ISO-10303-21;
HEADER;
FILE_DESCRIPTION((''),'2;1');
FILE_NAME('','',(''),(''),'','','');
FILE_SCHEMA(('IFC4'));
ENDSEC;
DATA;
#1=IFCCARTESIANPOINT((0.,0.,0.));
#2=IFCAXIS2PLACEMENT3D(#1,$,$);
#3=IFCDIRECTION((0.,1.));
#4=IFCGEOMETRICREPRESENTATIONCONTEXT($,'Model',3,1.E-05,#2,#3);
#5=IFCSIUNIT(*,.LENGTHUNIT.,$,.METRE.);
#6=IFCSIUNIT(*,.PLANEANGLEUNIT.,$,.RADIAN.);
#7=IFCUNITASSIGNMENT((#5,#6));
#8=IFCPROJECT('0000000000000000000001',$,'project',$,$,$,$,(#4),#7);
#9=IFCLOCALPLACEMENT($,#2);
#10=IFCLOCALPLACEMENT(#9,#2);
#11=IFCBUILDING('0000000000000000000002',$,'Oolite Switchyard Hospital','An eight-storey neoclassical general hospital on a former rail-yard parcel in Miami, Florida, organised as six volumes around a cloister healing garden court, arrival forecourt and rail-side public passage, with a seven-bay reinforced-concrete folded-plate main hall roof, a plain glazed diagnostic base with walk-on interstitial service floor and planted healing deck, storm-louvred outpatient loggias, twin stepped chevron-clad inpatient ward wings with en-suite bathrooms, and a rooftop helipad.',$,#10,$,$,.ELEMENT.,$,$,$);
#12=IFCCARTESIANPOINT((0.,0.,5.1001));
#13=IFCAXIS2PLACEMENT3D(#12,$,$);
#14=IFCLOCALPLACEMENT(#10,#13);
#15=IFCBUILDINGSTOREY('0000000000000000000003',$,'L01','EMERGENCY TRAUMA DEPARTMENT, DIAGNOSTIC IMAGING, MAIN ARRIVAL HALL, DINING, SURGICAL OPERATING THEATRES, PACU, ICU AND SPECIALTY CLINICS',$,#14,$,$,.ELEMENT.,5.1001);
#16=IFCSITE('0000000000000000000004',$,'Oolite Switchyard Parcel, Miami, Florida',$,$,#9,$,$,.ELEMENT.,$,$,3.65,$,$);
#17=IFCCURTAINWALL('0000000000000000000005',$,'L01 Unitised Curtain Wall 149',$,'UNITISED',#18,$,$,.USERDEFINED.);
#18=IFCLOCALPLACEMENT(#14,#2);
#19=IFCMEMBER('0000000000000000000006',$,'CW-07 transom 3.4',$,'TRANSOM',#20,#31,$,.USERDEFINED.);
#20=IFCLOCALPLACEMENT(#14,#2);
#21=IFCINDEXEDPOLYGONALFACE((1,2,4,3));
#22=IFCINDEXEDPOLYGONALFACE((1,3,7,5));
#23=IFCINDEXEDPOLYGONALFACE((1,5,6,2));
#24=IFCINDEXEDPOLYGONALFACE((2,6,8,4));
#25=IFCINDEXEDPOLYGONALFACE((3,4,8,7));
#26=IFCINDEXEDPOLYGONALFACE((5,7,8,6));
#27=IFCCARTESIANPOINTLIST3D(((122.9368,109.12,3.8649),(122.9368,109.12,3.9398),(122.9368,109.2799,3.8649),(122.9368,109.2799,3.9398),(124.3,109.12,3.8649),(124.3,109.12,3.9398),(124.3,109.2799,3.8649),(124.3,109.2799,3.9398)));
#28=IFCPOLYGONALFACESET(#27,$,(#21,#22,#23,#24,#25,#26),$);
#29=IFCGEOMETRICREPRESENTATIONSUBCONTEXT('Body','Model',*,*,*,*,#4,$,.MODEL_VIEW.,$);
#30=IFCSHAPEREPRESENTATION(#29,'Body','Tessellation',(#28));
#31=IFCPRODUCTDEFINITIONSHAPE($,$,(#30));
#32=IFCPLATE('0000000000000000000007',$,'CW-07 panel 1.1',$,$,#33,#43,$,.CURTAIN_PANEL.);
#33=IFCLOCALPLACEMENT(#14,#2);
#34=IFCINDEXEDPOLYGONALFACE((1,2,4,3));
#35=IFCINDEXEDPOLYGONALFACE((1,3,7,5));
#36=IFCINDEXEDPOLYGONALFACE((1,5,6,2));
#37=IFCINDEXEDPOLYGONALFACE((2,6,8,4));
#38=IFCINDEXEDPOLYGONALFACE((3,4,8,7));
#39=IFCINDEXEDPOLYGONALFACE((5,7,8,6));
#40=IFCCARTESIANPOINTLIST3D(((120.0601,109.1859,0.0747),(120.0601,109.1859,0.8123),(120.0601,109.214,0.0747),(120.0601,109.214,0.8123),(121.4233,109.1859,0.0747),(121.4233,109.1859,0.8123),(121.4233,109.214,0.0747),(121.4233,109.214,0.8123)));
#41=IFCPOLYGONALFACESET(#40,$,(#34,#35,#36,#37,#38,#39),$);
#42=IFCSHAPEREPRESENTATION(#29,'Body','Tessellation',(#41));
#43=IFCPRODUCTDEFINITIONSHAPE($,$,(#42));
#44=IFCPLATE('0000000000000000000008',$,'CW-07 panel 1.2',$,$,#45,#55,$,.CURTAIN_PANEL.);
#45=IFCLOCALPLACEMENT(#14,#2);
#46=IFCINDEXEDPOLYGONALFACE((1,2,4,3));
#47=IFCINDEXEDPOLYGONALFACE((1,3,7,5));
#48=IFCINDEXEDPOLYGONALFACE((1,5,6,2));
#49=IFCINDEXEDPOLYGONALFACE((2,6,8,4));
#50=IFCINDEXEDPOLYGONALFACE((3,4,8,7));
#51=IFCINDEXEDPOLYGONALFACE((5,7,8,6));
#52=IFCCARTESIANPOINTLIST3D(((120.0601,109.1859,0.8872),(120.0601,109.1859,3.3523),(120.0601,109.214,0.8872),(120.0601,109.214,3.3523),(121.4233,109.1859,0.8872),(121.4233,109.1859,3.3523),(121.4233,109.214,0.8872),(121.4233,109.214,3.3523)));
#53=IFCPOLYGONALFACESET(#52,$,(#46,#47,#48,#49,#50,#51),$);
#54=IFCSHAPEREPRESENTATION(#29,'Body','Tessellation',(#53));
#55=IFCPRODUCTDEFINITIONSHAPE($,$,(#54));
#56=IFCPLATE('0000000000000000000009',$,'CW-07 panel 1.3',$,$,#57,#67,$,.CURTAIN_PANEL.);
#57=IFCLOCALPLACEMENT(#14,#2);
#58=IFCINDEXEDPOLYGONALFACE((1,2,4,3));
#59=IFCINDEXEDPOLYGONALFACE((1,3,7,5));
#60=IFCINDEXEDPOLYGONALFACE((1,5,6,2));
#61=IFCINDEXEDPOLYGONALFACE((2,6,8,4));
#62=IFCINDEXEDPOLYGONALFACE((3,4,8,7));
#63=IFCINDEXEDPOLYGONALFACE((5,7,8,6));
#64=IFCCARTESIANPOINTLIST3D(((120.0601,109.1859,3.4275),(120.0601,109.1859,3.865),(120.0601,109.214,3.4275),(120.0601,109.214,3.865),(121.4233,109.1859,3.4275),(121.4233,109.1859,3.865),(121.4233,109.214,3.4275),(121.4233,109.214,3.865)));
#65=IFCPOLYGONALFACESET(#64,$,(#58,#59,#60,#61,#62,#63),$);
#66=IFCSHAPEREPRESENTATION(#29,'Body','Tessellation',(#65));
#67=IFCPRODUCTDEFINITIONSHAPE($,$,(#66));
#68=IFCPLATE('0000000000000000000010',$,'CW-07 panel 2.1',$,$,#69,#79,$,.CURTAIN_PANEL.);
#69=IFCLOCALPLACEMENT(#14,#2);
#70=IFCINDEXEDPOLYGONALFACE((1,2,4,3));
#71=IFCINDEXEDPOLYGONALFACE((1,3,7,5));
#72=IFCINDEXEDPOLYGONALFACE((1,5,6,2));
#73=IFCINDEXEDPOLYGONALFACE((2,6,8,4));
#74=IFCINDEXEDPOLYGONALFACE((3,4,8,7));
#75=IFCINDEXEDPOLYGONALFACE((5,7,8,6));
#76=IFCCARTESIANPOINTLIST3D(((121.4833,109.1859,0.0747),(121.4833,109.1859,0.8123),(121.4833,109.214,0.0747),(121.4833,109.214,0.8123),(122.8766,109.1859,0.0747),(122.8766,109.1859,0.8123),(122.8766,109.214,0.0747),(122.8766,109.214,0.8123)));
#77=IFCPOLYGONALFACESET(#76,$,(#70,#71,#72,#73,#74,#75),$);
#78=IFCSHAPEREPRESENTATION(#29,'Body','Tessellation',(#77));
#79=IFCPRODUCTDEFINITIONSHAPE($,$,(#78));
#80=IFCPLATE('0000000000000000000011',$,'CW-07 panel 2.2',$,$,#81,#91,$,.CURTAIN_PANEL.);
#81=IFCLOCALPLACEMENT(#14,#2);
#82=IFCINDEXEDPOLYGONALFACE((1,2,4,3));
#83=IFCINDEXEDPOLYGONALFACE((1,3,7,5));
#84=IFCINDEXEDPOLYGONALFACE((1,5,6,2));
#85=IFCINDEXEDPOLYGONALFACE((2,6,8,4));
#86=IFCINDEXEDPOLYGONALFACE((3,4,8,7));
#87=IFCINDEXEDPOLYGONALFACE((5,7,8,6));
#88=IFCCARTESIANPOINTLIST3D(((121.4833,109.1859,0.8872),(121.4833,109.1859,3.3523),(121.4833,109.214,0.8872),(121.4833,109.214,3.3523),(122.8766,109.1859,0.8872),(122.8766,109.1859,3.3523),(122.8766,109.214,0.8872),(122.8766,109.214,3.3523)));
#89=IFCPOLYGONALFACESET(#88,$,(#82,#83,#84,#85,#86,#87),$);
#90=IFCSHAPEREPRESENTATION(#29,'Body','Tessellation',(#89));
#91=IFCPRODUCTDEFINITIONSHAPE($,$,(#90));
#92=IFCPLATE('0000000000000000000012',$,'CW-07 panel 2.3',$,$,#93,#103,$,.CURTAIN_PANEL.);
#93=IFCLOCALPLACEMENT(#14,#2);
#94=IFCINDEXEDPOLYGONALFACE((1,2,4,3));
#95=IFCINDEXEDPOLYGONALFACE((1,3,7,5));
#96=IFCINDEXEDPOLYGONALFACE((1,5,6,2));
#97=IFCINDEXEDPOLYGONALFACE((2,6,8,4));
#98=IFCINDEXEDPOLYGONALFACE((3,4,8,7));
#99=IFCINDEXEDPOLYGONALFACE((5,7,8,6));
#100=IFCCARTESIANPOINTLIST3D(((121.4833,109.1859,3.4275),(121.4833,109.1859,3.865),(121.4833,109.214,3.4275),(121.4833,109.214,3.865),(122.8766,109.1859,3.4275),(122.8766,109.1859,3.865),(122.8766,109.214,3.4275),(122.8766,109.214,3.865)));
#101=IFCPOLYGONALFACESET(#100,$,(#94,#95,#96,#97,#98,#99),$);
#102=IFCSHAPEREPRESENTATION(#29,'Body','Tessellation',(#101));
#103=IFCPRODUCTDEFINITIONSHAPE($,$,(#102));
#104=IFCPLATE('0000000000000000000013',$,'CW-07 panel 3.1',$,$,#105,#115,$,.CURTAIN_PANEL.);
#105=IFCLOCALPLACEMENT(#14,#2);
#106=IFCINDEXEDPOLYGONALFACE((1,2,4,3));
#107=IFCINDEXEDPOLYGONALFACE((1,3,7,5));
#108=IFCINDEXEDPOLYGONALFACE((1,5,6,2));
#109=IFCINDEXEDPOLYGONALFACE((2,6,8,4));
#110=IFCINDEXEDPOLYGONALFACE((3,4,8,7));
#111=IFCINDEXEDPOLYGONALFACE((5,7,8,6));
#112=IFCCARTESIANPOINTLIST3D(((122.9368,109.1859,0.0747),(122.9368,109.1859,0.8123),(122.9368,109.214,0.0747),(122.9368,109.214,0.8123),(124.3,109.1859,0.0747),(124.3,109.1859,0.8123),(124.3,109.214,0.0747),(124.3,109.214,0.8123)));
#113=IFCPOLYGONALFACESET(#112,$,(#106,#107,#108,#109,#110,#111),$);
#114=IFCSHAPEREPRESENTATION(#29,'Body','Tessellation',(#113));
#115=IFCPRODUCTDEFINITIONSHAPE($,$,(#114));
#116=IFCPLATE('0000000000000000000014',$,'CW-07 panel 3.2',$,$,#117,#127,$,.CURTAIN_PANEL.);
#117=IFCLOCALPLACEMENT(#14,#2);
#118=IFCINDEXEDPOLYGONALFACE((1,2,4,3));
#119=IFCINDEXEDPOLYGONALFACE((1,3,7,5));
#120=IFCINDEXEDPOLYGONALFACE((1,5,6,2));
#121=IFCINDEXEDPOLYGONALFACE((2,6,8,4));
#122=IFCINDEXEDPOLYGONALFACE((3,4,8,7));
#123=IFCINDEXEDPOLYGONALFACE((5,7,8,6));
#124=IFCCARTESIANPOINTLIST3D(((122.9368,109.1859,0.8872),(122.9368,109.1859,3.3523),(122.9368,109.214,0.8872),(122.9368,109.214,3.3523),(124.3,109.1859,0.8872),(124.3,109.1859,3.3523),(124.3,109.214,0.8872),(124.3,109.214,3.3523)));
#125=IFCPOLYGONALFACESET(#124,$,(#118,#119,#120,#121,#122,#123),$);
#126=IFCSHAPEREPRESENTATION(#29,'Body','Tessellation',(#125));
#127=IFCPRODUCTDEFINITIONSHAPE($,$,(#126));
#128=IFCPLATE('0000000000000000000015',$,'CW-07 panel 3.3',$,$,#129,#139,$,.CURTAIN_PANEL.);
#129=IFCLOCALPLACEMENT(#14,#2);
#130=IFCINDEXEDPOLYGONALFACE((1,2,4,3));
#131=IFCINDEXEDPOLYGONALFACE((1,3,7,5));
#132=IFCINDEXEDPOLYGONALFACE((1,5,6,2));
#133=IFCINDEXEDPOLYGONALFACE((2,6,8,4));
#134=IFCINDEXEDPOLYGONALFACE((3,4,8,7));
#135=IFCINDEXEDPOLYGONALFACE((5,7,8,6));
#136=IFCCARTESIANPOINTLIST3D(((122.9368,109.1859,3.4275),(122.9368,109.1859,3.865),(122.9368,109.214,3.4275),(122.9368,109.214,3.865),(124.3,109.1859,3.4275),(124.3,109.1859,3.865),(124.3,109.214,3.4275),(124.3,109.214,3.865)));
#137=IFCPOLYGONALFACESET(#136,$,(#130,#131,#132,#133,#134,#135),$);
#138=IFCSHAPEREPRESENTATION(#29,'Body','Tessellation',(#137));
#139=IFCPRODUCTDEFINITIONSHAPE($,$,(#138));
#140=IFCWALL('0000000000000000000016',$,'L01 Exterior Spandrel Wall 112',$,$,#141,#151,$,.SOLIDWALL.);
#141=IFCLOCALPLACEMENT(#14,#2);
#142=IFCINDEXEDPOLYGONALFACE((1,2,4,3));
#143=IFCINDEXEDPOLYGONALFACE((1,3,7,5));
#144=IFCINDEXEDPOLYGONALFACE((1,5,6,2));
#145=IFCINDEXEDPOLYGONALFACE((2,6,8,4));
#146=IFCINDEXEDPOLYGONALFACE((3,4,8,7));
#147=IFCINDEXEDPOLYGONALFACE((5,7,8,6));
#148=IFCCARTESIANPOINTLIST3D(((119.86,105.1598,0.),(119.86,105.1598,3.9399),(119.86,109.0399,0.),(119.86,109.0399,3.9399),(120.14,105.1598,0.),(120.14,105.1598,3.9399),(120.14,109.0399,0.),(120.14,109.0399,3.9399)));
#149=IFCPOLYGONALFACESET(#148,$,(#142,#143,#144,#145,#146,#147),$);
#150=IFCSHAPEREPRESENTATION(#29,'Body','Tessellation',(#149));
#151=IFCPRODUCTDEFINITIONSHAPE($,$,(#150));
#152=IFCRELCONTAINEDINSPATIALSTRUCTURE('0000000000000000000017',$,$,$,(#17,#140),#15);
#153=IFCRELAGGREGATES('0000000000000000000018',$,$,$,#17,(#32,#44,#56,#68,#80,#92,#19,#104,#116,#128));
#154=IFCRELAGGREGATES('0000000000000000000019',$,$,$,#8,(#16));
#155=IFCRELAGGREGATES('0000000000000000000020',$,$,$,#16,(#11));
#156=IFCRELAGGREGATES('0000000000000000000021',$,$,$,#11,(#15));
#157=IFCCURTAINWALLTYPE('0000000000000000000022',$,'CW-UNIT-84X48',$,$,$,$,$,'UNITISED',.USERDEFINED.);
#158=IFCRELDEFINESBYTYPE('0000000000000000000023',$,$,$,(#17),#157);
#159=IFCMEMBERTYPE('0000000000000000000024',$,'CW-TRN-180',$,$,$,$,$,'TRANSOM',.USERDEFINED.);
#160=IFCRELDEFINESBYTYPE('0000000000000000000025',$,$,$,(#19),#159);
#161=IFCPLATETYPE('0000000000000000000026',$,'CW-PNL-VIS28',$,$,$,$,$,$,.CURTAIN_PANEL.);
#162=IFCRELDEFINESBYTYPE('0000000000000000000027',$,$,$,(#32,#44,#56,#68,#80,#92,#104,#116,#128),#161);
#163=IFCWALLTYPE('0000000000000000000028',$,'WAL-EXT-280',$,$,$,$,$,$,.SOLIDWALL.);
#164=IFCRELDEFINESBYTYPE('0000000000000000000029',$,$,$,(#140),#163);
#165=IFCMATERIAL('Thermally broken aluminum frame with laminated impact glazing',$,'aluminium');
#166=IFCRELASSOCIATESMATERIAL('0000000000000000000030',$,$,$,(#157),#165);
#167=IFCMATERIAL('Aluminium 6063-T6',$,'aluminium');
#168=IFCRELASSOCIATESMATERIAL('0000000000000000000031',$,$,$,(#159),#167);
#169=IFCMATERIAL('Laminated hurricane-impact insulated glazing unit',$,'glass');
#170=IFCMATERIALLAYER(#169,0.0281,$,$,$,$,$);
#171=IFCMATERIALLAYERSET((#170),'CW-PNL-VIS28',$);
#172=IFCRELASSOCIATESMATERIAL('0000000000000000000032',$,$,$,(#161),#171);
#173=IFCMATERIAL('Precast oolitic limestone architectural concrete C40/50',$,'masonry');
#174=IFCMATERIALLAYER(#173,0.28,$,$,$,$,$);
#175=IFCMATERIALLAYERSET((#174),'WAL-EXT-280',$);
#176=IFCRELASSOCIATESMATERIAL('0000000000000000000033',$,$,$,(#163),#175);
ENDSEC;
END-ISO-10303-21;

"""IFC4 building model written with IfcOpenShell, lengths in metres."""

from ifc_helpers import new_model, si_unit, direction, frame, frame_2d, origin, origin_2d, place, context, subcontext, project, spatial, rectangle, extrude, material, layer, layer_set, material_profile, profile_set, type_object, element, aggregate, save


model = new_model("IFC4")

# Units and contexts
model_context = context("Model", 3, precision=1e-05, world=origin(), true_north=direction((0.0, 1.0)))
body_context = subcontext(model_context, "Body", "Model", "MODEL_VIEW")
ifc_project = project(units=[si_unit("LENGTHUNIT", "METRE"), si_unit("PLANEANGLEUNIT", "RADIAN")], contexts=[model_context])

# Site, building, storey
site_placement = place(None, origin())
site = spatial("IfcSite", under=ifc_project, at=site_placement, Name="Oolite Switchyard Parcel, Miami, Florida", CompositionType="ELEMENT", RefElevation=3.65)
building_placement = place(site_placement, origin())
building = spatial("IfcBuilding", under=site, at=building_placement, Name="Oolite Switchyard Hospital", Description="An eight-storey neoclassical general hospital on a former rail-yard parcel in Miami, Florida, organised as six volumes around a cloister healing garden court, arrival forecourt and rail-side public passage, with a seven-bay reinforced-concrete folded-plate main hall roof, a plain glazed diagnostic base with walk-on interstitial service floor and planted healing deck, storm-louvred outpatient loggias, twin stepped chevron-clad inpatient ward wings with en-suite bathrooms, and a rooftop helipad.", CompositionType="ELEMENT")
storey_placement = place(building_placement, frame((0.0, 0.0, 5.1001)))
storey = spatial("IfcBuildingStorey", under=building, at=storey_placement, Name="L01", Description="EMERGENCY TRAUMA DEPARTMENT, DIAGNOSTIC IMAGING, MAIN ARRIVAL HALL, DINING, SURGICAL OPERATING THEATRES, PACU, ICU AND SPECIALTY CLINICS", CompositionType="ELEMENT", Elevation=5.1001)

# Curtain wall, member, plates
ifc_material_1 = material(Name="Thermally broken aluminum frame with laminated impact glazing", Category="aluminium")
curtain_wall_type = type_object("IfcCurtainWallType", Name="CW-UNIT-84X48", ElementType="UNITISED", PredefinedType="USERDEFINED", material=ifc_material_1)
curtain_wall_placement = place(storey_placement, origin())
curtain_wall = element("IfcCurtainWall", 1, at=curtain_wall_placement, inside=storey, type_object=curtain_wall_type, Name="L01 Unitised Curtain Wall 149", ObjectType="UNITISED", PredefinedType="USERDEFINED")
ifc_material_2 = material(Name="Aluminium 6063-T6", Category="aluminium")
ifc_material_profile_1 = material_profile(ifc_material_2, rectangle(XDim=0.1599, YDim=0.075, at=origin_2d()), Name="CWT75X160")
ifc_profile_set_1 = profile_set([ifc_material_profile_1], Name="Aluminium 6063-T6")
member_type_1 = type_object("IfcMemberType", Name="CW-TRN-180", ElementType="TRANSOM", PredefinedType="USERDEFINED", material=ifc_profile_set_1)
member_1_placement = place(storey_placement, frame((122.9368, 109.2, 3.9023), z_axis=(1.0, 0.0, 0.0), x_axis=(0.0, 1.0, 0.0)))
member_1 = element("IfcMember", 2, at=member_1_placement, type_object=member_type_1, Name="CW-07 transom 3.4", ObjectType="TRANSOM", PredefinedType="USERDEFINED", context=body_context, shape_type="SweptSolid", body=[
    extrude(rectangle(XDim=0.1599, YDim=0.075, at=origin_2d()), origin(), (0.0, 0.0, 1.0), 1.3633),
])
ifc_material_3 = material(Name="Laminated hurricane-impact insulated glazing unit", Category="glass")
ifc_layer_1 = layer(ifc_material_3, 0.0281)
ifc_layer_set_1 = layer_set([ifc_layer_1], Name="CW-PNL-VIS28")
plate_type = type_object("IfcPlateType", Name="CW-PNL-VIS28", PredefinedType="CURTAIN_PANEL", material=ifc_layer_set_1)
plate_1_placement = place(storey_placement, frame((120.7417, 109.2, 0.0747), z_axis=(0.0, 0.0, 1.0), x_axis=(1.0, 0.0, 0.0)))
plate_1 = element("IfcPlate", 3, at=plate_1_placement, type_object=plate_type, Name="CW-07 panel 1.1", PredefinedType="CURTAIN_PANEL", context=body_context, shape_type="SweptSolid", body=[
    extrude(rectangle(XDim=1.3633, YDim=0.0281, at=origin_2d()), origin(), (0.0, 0.0, 1.0), 0.7375),
])
plate_2_placement = place(storey_placement, frame((120.7417, 109.2, 0.8872), z_axis=(0.0, 0.0, 1.0), x_axis=(1.0, 0.0, 0.0)))
plate_2 = element("IfcPlate", 4, at=plate_2_placement, type_object=plate_type, Name="CW-07 panel 1.2", PredefinedType="CURTAIN_PANEL", context=body_context, shape_type="SweptSolid", body=[
    extrude(rectangle(XDim=1.3633, YDim=0.0281, at=origin_2d()), origin(), (0.0, 0.0, 1.0), 2.4651),
])
plate_3_placement = place(storey_placement, frame((120.7417, 109.2, 3.4275), z_axis=(0.0, 0.0, 1.0), x_axis=(1.0, 0.0, 0.0)))
plate_3 = element("IfcPlate", 5, at=plate_3_placement, type_object=plate_type, Name="CW-07 panel 1.3", PredefinedType="CURTAIN_PANEL", context=body_context, shape_type="SweptSolid", body=[
    extrude(rectangle(XDim=1.3633, YDim=0.0281, at=origin_2d()), origin(), (0.0, 0.0, 1.0), 0.4375),
])
plate_4_placement = place(storey_placement, frame((122.1799, 109.2, 0.0747), z_axis=(0.0, 0.0, 1.0), x_axis=(1.0, 0.0, 0.0)))
plate_4 = element("IfcPlate", 6, at=plate_4_placement, type_object=plate_type, Name="CW-07 panel 2.1", PredefinedType="CURTAIN_PANEL", context=body_context, shape_type="SweptSolid", body=[
    extrude(rectangle(XDim=1.3933, YDim=0.0281, at=origin_2d()), origin(), (0.0, 0.0, 1.0), 0.7375),
])
plate_5_placement = place(storey_placement, frame((122.1799, 109.2, 0.8872), z_axis=(0.0, 0.0, 1.0), x_axis=(1.0, 0.0, 0.0)))
plate_5 = element("IfcPlate", 7, at=plate_5_placement, type_object=plate_type, Name="CW-07 panel 2.2", PredefinedType="CURTAIN_PANEL", context=body_context, shape_type="SweptSolid", body=[
    extrude(rectangle(XDim=1.3933, YDim=0.0281, at=origin_2d()), origin(), (0.0, 0.0, 1.0), 2.4651),
])
plate_6_placement = place(storey_placement, frame((122.1799, 109.2, 3.4275), z_axis=(0.0, 0.0, 1.0), x_axis=(1.0, 0.0, 0.0)))
plate_6 = element("IfcPlate", 8, at=plate_6_placement, type_object=plate_type, Name="CW-07 panel 2.3", PredefinedType="CURTAIN_PANEL", context=body_context, shape_type="SweptSolid", body=[
    extrude(rectangle(XDim=1.3933, YDim=0.0281, at=origin_2d()), origin(), (0.0, 0.0, 1.0), 0.4375),
])
plate_7_placement = place(storey_placement, frame((123.6184, 109.2, 0.0747), z_axis=(0.0, 0.0, 1.0), x_axis=(1.0, 0.0, 0.0)))
plate_7 = element("IfcPlate", 9, at=plate_7_placement, type_object=plate_type, Name="CW-07 panel 3.1", PredefinedType="CURTAIN_PANEL", context=body_context, shape_type="SweptSolid", body=[
    extrude(rectangle(XDim=1.3633, YDim=0.0281, at=origin_2d()), origin(), (0.0, 0.0, 1.0), 0.7375),
])
plate_8_placement = place(storey_placement, frame((123.6184, 109.2, 0.8872), z_axis=(0.0, 0.0, 1.0), x_axis=(1.0, 0.0, 0.0)))
plate_8 = element("IfcPlate", 10, at=plate_8_placement, type_object=plate_type, Name="CW-07 panel 3.2", PredefinedType="CURTAIN_PANEL", context=body_context, shape_type="SweptSolid", body=[
    extrude(rectangle(XDim=1.3633, YDim=0.0281, at=origin_2d()), origin(), (0.0, 0.0, 1.0), 2.4651),
])
plate_9_placement = place(storey_placement, frame((123.6184, 109.2, 3.4275), z_axis=(0.0, 0.0, 1.0), x_axis=(1.0, 0.0, 0.0)))
plate_9 = element("IfcPlate", 11, at=plate_9_placement, type_object=plate_type, Name="CW-07 panel 3.3", PredefinedType="CURTAIN_PANEL", context=body_context, shape_type="SweptSolid", body=[
    extrude(rectangle(XDim=1.3633, YDim=0.0281, at=origin_2d()), origin(), (0.0, 0.0, 1.0), 0.4375),
])
aggregate(curtain_wall, [plate_1, plate_2, plate_3, plate_4, plate_5, plate_6, member_1, plate_7, plate_8, plate_9])

# Wall
ifc_material_4 = material(Name="Precast oolitic limestone architectural concrete C40/50", Category="masonry")
ifc_layer_2 = layer(ifc_material_4, 0.28)
ifc_layer_set_2 = layer_set([ifc_layer_2], Name="WAL-EXT-280")
wall_type = type_object("IfcWallType", Name="WAL-EXT-280", PredefinedType="SOLIDWALL", material=ifc_layer_set_2)
wall_placement = place(storey_placement, frame((120.0, 105.1599, 0.0), z_axis=(0.0, 0.0, 1.0), x_axis=(0.0, 1.0, 0.0)))
element("IfcWall", 12, at=wall_placement, inside=storey, type_object=wall_type, Name="L01 Exterior Spandrel Wall 112", PredefinedType="SOLIDWALL", context=body_context, shape_type="SweptSolid", body=[
    extrude(rectangle(XDim=3.8801, YDim=0.28, at=frame_2d((1.9399, 0.0))), origin(), (0.0, 0.0, 1.0), 3.9399),
])

save(model, "model.ifc")
